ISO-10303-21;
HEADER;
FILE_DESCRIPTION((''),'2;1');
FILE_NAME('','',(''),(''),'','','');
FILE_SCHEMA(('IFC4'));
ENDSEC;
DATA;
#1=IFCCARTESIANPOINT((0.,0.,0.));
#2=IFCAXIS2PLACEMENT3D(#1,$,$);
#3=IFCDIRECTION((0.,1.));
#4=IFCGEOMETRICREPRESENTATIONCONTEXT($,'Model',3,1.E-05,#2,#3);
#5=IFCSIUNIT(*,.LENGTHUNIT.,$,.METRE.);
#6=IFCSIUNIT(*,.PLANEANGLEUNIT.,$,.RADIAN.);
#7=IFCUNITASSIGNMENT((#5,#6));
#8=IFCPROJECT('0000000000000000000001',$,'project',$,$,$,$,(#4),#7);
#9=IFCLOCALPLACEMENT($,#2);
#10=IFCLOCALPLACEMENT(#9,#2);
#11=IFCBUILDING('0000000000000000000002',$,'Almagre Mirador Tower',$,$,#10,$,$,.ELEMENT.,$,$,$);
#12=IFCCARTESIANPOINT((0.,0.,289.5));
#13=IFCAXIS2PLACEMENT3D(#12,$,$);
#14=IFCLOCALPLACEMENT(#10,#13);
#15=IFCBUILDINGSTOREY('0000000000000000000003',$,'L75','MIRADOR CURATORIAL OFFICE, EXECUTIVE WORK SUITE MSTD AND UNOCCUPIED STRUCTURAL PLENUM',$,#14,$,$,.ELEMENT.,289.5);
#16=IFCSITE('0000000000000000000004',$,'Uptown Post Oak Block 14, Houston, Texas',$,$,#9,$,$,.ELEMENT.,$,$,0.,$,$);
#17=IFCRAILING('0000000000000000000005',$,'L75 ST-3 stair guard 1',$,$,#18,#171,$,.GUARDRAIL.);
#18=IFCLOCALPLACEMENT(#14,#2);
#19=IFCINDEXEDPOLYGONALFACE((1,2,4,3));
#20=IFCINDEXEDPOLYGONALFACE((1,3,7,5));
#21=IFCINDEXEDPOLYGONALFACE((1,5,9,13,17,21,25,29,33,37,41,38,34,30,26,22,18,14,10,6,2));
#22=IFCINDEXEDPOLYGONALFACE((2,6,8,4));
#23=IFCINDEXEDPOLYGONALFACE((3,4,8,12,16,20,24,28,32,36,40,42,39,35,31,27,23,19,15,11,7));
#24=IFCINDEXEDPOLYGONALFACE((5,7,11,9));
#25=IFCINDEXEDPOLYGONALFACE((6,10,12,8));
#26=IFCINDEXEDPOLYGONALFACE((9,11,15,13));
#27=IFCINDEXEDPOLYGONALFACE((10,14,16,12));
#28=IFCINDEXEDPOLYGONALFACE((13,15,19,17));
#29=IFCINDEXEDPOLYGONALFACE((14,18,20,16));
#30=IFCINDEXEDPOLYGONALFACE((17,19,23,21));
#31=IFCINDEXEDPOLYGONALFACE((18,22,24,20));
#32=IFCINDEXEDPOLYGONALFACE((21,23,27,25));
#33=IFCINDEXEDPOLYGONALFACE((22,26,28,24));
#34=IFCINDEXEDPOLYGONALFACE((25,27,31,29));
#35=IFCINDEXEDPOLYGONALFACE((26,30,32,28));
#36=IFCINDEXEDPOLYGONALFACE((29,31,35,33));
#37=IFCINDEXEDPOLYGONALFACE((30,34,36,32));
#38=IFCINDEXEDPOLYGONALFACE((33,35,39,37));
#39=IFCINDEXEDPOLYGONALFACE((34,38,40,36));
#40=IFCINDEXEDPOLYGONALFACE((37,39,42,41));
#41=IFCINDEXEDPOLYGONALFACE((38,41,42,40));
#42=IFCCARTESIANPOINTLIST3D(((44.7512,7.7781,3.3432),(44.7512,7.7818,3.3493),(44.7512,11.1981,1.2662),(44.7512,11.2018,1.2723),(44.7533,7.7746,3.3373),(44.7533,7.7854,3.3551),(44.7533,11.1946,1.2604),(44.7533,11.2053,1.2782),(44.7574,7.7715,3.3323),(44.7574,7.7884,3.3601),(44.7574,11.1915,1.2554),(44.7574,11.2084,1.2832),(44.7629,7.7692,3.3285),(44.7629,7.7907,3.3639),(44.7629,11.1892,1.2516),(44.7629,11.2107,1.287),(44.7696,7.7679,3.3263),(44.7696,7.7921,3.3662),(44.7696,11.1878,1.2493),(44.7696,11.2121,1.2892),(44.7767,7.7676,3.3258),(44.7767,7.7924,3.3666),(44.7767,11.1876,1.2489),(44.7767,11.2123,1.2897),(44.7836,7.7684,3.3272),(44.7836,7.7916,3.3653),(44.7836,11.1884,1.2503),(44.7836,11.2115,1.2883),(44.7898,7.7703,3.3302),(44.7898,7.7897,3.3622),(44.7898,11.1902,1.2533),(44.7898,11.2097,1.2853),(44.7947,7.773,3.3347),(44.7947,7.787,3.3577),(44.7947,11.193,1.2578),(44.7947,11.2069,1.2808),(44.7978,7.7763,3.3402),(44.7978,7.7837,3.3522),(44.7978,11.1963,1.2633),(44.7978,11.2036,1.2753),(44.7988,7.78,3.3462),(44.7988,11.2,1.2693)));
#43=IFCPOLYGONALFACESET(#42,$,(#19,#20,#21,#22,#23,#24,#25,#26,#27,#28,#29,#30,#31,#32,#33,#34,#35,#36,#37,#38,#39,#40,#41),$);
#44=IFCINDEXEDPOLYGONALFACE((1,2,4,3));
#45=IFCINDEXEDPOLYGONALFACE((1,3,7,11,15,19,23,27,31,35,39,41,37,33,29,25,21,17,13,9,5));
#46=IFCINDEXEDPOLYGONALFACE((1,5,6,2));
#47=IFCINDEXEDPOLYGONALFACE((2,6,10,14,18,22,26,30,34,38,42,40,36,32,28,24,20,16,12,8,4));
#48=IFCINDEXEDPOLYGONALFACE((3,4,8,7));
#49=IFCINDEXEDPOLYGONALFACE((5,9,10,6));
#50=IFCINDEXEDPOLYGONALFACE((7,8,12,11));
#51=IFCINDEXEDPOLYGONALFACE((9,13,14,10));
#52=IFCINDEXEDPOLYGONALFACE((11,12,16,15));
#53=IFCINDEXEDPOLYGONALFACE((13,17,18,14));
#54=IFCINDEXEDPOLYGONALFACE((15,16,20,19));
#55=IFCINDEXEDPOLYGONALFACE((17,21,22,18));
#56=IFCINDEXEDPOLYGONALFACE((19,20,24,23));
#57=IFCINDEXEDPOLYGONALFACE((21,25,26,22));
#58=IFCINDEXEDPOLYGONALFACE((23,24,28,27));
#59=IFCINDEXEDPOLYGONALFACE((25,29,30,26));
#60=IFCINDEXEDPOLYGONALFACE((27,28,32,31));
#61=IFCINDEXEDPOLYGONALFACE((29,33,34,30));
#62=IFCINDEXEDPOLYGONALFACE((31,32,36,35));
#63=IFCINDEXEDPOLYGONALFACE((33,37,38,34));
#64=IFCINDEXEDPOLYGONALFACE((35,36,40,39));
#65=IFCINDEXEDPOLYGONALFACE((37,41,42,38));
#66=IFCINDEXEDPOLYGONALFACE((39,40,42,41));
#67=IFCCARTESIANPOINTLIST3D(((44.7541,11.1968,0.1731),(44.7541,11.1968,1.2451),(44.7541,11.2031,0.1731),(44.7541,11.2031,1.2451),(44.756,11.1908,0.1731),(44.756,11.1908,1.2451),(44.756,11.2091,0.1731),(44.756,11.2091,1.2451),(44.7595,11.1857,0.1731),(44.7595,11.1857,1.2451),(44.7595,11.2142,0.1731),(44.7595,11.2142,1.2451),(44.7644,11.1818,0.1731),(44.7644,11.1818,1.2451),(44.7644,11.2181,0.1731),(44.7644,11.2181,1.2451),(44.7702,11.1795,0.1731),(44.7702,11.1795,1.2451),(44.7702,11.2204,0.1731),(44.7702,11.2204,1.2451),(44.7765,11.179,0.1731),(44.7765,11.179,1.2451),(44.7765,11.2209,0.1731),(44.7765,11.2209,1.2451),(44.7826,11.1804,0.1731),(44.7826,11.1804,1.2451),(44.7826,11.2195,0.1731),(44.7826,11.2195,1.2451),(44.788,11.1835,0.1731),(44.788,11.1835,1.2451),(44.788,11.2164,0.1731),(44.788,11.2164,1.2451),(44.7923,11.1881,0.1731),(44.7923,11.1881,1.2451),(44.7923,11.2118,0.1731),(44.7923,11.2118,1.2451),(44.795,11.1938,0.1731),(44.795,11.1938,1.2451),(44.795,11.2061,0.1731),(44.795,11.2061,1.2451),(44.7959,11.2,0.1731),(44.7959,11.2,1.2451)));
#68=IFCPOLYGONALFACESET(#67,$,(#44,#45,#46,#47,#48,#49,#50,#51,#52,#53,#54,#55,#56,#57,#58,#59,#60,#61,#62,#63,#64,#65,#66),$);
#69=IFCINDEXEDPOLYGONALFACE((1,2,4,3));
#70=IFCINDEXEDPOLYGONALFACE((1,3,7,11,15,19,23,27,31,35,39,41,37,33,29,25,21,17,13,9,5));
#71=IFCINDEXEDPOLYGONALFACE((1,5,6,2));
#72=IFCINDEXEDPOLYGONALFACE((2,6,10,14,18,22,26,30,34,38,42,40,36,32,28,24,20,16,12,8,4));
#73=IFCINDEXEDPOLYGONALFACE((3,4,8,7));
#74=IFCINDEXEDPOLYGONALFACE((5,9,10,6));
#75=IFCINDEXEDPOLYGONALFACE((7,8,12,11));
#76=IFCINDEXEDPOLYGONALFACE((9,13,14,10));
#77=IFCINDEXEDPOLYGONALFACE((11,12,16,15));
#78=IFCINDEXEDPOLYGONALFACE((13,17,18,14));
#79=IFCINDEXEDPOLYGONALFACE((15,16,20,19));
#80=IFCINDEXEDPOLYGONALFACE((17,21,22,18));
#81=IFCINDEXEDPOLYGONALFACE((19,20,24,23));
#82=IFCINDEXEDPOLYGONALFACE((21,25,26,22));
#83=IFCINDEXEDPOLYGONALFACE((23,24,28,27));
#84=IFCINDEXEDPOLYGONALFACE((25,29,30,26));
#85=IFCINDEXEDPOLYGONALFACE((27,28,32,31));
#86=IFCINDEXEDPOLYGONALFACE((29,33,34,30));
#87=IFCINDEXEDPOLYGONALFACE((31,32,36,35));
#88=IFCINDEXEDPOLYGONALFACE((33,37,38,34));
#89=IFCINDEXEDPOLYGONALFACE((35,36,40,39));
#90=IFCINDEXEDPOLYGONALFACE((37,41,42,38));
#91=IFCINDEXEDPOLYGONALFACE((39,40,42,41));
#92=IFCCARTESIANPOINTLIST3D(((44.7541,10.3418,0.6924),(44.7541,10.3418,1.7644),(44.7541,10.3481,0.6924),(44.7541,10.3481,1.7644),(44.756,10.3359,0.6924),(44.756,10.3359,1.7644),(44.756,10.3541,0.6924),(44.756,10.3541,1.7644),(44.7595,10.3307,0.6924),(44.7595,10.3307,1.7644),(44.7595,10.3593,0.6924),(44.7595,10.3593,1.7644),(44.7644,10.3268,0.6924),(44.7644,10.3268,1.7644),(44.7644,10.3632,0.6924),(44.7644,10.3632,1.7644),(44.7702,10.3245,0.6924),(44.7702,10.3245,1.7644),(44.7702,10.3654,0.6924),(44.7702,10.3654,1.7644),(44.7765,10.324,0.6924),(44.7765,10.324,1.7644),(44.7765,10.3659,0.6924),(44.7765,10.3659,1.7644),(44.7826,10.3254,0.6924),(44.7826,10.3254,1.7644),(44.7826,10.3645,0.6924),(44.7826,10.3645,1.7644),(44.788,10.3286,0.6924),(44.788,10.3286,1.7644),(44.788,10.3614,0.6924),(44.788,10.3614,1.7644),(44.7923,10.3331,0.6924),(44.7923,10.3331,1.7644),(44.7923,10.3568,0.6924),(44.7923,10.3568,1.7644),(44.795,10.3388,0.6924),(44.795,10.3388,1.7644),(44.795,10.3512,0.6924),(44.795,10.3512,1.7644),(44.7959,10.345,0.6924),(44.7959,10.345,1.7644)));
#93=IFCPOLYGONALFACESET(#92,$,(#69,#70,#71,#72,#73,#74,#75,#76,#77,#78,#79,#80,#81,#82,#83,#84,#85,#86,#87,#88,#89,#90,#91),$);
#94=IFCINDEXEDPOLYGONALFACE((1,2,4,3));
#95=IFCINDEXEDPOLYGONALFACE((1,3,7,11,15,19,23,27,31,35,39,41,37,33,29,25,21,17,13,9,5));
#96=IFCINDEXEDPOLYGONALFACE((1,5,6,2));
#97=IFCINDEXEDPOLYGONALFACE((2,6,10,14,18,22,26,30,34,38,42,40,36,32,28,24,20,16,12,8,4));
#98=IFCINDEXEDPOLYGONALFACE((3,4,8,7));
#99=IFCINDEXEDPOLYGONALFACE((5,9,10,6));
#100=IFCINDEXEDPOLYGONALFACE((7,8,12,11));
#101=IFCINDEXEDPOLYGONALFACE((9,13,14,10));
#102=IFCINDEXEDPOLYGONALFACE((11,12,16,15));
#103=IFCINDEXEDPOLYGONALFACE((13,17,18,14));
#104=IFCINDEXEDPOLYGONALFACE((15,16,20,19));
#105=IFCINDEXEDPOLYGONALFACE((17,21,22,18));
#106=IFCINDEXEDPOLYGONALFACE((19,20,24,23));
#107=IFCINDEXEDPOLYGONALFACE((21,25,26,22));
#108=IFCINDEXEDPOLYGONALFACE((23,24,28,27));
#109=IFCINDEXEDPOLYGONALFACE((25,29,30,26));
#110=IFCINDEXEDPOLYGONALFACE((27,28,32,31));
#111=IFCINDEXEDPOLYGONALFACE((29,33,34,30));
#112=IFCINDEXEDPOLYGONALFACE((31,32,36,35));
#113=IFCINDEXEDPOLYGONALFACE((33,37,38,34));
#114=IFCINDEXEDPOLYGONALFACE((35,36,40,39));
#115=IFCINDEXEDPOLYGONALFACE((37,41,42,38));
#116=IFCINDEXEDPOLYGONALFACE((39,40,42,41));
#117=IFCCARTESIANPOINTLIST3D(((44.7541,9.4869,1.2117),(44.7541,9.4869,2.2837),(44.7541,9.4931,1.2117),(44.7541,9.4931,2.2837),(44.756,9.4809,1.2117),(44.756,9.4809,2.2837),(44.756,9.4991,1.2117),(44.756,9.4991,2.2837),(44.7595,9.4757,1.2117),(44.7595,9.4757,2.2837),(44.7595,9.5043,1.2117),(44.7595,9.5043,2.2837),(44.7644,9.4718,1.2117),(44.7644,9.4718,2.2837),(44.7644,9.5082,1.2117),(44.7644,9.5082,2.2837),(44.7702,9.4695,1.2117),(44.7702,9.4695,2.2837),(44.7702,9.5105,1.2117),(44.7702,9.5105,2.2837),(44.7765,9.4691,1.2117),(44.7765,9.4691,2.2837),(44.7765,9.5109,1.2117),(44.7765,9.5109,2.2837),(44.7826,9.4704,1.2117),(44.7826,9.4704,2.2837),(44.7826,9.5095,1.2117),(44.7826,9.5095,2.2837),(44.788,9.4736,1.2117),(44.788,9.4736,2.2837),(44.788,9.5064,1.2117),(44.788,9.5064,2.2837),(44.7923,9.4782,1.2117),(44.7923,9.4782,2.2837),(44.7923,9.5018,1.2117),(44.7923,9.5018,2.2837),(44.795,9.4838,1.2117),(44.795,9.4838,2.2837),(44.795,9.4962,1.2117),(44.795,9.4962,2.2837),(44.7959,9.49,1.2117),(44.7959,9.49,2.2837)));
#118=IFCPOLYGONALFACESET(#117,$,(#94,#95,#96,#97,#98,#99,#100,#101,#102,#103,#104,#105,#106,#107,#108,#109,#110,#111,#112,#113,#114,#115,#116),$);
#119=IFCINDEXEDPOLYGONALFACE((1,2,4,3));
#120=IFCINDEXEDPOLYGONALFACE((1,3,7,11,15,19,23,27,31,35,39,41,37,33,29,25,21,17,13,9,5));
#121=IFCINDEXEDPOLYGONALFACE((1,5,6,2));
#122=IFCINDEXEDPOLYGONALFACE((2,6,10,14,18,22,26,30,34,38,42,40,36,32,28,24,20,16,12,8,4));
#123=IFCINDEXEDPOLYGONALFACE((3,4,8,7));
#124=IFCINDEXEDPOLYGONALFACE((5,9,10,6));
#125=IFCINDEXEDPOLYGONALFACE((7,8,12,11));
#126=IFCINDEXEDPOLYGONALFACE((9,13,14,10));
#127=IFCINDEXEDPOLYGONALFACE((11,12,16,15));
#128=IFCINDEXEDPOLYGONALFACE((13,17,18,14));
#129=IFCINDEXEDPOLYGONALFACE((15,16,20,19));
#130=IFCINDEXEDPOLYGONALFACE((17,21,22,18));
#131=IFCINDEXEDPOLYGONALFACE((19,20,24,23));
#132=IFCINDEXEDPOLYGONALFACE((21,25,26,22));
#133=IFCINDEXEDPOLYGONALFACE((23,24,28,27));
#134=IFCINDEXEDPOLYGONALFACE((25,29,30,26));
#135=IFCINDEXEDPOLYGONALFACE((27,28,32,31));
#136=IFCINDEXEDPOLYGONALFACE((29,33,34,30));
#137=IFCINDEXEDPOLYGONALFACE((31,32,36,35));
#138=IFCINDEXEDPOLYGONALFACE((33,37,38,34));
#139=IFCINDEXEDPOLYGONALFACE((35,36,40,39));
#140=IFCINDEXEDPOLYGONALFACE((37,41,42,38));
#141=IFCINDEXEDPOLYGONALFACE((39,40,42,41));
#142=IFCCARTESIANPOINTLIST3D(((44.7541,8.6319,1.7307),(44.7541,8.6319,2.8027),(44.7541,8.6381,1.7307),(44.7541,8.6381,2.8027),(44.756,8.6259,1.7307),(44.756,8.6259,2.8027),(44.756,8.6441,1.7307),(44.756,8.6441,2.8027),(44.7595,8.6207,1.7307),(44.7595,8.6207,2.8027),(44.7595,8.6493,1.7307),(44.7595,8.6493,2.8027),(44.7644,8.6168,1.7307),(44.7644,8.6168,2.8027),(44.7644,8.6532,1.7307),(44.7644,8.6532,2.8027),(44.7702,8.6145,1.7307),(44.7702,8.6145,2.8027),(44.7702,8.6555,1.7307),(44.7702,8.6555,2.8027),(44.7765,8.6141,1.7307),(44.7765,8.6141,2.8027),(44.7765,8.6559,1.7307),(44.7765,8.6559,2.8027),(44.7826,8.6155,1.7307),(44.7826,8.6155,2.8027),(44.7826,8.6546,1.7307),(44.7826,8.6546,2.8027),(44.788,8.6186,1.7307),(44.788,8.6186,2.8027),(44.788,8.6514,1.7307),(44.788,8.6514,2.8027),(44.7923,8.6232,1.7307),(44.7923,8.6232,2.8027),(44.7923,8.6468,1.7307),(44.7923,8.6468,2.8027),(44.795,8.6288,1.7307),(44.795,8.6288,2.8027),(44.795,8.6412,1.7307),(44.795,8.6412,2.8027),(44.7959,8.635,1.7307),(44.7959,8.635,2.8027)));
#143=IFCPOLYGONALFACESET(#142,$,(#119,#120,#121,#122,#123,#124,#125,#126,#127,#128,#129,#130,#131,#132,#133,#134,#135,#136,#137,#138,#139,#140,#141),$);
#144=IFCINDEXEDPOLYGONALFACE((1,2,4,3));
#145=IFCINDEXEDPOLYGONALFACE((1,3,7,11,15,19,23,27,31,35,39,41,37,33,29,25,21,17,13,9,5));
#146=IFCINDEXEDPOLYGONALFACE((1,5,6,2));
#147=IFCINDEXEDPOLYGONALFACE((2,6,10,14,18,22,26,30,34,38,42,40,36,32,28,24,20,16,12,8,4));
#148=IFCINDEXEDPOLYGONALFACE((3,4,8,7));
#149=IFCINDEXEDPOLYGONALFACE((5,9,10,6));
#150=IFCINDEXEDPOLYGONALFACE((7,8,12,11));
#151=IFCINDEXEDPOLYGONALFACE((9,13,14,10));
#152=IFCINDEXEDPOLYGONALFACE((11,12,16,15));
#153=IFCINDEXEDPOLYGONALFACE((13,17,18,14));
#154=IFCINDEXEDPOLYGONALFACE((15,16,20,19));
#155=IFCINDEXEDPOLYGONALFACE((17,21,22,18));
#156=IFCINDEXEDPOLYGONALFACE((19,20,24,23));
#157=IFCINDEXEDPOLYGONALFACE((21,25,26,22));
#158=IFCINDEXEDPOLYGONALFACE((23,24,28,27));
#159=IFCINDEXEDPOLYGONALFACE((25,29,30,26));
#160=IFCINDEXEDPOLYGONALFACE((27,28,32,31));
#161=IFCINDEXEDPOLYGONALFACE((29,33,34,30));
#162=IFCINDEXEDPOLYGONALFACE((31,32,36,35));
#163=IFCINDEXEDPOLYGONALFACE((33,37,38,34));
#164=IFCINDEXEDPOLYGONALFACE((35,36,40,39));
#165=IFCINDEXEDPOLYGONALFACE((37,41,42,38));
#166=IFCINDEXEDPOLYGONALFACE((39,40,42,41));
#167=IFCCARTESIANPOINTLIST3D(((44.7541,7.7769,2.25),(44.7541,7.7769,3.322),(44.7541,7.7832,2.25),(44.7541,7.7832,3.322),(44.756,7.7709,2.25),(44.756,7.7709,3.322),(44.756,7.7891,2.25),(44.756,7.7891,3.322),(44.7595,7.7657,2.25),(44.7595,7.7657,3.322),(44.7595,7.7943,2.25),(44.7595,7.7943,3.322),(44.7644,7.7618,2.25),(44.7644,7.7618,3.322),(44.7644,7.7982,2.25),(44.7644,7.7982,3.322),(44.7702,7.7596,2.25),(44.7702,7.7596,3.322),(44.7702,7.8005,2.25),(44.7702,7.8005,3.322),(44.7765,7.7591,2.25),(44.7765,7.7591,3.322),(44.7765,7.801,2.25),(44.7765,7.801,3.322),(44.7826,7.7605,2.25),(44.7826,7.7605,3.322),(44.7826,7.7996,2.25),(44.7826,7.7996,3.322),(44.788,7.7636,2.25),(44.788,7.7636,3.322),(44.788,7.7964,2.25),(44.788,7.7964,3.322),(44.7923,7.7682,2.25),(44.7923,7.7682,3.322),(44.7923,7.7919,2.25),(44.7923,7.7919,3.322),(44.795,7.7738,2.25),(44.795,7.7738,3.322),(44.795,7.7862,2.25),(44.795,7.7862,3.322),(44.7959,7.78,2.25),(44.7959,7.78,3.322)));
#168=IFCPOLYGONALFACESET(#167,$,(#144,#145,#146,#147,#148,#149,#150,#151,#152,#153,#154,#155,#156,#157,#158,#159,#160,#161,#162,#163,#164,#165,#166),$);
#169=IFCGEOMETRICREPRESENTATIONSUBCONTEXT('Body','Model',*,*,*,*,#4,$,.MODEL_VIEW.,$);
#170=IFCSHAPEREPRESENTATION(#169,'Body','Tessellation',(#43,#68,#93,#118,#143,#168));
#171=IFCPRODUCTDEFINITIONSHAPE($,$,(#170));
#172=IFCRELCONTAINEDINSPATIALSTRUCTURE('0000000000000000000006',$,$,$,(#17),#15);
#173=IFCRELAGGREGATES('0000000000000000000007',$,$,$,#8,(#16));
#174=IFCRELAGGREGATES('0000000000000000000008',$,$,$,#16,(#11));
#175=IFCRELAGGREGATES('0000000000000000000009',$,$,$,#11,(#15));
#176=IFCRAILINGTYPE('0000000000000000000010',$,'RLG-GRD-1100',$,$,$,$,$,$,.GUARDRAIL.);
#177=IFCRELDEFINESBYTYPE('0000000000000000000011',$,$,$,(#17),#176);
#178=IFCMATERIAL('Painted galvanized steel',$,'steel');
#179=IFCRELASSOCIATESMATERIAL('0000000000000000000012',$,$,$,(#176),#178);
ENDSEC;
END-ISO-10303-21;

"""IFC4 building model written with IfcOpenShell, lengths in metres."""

from ifc_helpers import new_model, si_unit, direction, frame, origin, origin_2d, place, context, subcontext, project, spatial, circle, extrude, material, type_object, element, save


model = new_model("IFC4")

# Units and contexts
model_context = context("Model", 3, precision=1e-05, world=origin(), true_north=direction((0.0, 1.0)))
body_context = subcontext(model_context, "Body", "Model", "MODEL_VIEW")
ifc_project = project(units=[si_unit("LENGTHUNIT", "METRE"), si_unit("PLANEANGLEUNIT", "RADIAN")], contexts=[model_context])

# Site, building, storey
site_placement = place(None, origin())
site = spatial("IfcSite", under=ifc_project, at=site_placement, Name="Uptown Post Oak Block 14, Houston, Texas", CompositionType="ELEMENT", RefElevation=0.0)
building_placement = place(site_placement, origin())
building = spatial("IfcBuilding", under=site, at=building_placement, Name="Almagre Mirador Tower", CompositionType="ELEMENT")
storey_placement = place(building_placement, frame((0.0, 0.0, 289.5)))
storey = spatial("IfcBuildingStorey", under=building, at=storey_placement, Name="L75", Description="MIRADOR CURATORIAL OFFICE, EXECUTIVE WORK SUITE MSTD AND UNOCCUPIED STRUCTURAL PLENUM", CompositionType="ELEMENT", Elevation=289.5)

# Railing
ifc_material_1 = material(Name="Painted galvanized steel", Category="steel")
railing_type_1 = type_object("IfcRailingType", Name="RLG-GRD-1100", PredefinedType="GUARDRAIL", material=ifc_material_1)
railing_1_placement = place(storey_placement, frame((44.7749, 11.2, 0.1731)))
element("IfcRailing", 1, at=railing_1_placement, inside=storey, type_object=railing_type_1, Name="L75 ST-3 stair guard 1", PredefinedType="GUARDRAIL", context=body_context, shape_type="SweptSolid", body=[
    extrude(circle(Radius=0.0239, at=origin_2d()), frame((0.0, 0.0, 1.0962), z_axis=(0.0, -0.85473, 0.519074), x_axis=(1.0, 0.0, 0.0)), (0.0, 0.0, 1.0), 4.0012),
    extrude(circle(Radius=0.021, at=origin_2d()), origin(), (0.0, 0.0, 1.0), 1.072),
    extrude(circle(Radius=0.021, at=origin_2d()), frame((0.0, -0.855, 0.5193)), (0.0, 0.0, 1.0), 1.072),
    extrude(circle(Radius=0.021, at=origin_2d()), frame((0.0, -1.71, 1.0386)), (0.0, 0.0, 1.0), 1.072),
    extrude(circle(Radius=0.021, at=origin_2d()), frame((0.0, -2.5649, 1.5576)), (0.0, 0.0, 1.0), 1.072),
    extrude(circle(Radius=0.021, at=origin_2d()), frame((0.0, -3.4199, 2.0769)), (0.0, 0.0, 1.0), 1.072),
])

save(model, "model.ifc")
